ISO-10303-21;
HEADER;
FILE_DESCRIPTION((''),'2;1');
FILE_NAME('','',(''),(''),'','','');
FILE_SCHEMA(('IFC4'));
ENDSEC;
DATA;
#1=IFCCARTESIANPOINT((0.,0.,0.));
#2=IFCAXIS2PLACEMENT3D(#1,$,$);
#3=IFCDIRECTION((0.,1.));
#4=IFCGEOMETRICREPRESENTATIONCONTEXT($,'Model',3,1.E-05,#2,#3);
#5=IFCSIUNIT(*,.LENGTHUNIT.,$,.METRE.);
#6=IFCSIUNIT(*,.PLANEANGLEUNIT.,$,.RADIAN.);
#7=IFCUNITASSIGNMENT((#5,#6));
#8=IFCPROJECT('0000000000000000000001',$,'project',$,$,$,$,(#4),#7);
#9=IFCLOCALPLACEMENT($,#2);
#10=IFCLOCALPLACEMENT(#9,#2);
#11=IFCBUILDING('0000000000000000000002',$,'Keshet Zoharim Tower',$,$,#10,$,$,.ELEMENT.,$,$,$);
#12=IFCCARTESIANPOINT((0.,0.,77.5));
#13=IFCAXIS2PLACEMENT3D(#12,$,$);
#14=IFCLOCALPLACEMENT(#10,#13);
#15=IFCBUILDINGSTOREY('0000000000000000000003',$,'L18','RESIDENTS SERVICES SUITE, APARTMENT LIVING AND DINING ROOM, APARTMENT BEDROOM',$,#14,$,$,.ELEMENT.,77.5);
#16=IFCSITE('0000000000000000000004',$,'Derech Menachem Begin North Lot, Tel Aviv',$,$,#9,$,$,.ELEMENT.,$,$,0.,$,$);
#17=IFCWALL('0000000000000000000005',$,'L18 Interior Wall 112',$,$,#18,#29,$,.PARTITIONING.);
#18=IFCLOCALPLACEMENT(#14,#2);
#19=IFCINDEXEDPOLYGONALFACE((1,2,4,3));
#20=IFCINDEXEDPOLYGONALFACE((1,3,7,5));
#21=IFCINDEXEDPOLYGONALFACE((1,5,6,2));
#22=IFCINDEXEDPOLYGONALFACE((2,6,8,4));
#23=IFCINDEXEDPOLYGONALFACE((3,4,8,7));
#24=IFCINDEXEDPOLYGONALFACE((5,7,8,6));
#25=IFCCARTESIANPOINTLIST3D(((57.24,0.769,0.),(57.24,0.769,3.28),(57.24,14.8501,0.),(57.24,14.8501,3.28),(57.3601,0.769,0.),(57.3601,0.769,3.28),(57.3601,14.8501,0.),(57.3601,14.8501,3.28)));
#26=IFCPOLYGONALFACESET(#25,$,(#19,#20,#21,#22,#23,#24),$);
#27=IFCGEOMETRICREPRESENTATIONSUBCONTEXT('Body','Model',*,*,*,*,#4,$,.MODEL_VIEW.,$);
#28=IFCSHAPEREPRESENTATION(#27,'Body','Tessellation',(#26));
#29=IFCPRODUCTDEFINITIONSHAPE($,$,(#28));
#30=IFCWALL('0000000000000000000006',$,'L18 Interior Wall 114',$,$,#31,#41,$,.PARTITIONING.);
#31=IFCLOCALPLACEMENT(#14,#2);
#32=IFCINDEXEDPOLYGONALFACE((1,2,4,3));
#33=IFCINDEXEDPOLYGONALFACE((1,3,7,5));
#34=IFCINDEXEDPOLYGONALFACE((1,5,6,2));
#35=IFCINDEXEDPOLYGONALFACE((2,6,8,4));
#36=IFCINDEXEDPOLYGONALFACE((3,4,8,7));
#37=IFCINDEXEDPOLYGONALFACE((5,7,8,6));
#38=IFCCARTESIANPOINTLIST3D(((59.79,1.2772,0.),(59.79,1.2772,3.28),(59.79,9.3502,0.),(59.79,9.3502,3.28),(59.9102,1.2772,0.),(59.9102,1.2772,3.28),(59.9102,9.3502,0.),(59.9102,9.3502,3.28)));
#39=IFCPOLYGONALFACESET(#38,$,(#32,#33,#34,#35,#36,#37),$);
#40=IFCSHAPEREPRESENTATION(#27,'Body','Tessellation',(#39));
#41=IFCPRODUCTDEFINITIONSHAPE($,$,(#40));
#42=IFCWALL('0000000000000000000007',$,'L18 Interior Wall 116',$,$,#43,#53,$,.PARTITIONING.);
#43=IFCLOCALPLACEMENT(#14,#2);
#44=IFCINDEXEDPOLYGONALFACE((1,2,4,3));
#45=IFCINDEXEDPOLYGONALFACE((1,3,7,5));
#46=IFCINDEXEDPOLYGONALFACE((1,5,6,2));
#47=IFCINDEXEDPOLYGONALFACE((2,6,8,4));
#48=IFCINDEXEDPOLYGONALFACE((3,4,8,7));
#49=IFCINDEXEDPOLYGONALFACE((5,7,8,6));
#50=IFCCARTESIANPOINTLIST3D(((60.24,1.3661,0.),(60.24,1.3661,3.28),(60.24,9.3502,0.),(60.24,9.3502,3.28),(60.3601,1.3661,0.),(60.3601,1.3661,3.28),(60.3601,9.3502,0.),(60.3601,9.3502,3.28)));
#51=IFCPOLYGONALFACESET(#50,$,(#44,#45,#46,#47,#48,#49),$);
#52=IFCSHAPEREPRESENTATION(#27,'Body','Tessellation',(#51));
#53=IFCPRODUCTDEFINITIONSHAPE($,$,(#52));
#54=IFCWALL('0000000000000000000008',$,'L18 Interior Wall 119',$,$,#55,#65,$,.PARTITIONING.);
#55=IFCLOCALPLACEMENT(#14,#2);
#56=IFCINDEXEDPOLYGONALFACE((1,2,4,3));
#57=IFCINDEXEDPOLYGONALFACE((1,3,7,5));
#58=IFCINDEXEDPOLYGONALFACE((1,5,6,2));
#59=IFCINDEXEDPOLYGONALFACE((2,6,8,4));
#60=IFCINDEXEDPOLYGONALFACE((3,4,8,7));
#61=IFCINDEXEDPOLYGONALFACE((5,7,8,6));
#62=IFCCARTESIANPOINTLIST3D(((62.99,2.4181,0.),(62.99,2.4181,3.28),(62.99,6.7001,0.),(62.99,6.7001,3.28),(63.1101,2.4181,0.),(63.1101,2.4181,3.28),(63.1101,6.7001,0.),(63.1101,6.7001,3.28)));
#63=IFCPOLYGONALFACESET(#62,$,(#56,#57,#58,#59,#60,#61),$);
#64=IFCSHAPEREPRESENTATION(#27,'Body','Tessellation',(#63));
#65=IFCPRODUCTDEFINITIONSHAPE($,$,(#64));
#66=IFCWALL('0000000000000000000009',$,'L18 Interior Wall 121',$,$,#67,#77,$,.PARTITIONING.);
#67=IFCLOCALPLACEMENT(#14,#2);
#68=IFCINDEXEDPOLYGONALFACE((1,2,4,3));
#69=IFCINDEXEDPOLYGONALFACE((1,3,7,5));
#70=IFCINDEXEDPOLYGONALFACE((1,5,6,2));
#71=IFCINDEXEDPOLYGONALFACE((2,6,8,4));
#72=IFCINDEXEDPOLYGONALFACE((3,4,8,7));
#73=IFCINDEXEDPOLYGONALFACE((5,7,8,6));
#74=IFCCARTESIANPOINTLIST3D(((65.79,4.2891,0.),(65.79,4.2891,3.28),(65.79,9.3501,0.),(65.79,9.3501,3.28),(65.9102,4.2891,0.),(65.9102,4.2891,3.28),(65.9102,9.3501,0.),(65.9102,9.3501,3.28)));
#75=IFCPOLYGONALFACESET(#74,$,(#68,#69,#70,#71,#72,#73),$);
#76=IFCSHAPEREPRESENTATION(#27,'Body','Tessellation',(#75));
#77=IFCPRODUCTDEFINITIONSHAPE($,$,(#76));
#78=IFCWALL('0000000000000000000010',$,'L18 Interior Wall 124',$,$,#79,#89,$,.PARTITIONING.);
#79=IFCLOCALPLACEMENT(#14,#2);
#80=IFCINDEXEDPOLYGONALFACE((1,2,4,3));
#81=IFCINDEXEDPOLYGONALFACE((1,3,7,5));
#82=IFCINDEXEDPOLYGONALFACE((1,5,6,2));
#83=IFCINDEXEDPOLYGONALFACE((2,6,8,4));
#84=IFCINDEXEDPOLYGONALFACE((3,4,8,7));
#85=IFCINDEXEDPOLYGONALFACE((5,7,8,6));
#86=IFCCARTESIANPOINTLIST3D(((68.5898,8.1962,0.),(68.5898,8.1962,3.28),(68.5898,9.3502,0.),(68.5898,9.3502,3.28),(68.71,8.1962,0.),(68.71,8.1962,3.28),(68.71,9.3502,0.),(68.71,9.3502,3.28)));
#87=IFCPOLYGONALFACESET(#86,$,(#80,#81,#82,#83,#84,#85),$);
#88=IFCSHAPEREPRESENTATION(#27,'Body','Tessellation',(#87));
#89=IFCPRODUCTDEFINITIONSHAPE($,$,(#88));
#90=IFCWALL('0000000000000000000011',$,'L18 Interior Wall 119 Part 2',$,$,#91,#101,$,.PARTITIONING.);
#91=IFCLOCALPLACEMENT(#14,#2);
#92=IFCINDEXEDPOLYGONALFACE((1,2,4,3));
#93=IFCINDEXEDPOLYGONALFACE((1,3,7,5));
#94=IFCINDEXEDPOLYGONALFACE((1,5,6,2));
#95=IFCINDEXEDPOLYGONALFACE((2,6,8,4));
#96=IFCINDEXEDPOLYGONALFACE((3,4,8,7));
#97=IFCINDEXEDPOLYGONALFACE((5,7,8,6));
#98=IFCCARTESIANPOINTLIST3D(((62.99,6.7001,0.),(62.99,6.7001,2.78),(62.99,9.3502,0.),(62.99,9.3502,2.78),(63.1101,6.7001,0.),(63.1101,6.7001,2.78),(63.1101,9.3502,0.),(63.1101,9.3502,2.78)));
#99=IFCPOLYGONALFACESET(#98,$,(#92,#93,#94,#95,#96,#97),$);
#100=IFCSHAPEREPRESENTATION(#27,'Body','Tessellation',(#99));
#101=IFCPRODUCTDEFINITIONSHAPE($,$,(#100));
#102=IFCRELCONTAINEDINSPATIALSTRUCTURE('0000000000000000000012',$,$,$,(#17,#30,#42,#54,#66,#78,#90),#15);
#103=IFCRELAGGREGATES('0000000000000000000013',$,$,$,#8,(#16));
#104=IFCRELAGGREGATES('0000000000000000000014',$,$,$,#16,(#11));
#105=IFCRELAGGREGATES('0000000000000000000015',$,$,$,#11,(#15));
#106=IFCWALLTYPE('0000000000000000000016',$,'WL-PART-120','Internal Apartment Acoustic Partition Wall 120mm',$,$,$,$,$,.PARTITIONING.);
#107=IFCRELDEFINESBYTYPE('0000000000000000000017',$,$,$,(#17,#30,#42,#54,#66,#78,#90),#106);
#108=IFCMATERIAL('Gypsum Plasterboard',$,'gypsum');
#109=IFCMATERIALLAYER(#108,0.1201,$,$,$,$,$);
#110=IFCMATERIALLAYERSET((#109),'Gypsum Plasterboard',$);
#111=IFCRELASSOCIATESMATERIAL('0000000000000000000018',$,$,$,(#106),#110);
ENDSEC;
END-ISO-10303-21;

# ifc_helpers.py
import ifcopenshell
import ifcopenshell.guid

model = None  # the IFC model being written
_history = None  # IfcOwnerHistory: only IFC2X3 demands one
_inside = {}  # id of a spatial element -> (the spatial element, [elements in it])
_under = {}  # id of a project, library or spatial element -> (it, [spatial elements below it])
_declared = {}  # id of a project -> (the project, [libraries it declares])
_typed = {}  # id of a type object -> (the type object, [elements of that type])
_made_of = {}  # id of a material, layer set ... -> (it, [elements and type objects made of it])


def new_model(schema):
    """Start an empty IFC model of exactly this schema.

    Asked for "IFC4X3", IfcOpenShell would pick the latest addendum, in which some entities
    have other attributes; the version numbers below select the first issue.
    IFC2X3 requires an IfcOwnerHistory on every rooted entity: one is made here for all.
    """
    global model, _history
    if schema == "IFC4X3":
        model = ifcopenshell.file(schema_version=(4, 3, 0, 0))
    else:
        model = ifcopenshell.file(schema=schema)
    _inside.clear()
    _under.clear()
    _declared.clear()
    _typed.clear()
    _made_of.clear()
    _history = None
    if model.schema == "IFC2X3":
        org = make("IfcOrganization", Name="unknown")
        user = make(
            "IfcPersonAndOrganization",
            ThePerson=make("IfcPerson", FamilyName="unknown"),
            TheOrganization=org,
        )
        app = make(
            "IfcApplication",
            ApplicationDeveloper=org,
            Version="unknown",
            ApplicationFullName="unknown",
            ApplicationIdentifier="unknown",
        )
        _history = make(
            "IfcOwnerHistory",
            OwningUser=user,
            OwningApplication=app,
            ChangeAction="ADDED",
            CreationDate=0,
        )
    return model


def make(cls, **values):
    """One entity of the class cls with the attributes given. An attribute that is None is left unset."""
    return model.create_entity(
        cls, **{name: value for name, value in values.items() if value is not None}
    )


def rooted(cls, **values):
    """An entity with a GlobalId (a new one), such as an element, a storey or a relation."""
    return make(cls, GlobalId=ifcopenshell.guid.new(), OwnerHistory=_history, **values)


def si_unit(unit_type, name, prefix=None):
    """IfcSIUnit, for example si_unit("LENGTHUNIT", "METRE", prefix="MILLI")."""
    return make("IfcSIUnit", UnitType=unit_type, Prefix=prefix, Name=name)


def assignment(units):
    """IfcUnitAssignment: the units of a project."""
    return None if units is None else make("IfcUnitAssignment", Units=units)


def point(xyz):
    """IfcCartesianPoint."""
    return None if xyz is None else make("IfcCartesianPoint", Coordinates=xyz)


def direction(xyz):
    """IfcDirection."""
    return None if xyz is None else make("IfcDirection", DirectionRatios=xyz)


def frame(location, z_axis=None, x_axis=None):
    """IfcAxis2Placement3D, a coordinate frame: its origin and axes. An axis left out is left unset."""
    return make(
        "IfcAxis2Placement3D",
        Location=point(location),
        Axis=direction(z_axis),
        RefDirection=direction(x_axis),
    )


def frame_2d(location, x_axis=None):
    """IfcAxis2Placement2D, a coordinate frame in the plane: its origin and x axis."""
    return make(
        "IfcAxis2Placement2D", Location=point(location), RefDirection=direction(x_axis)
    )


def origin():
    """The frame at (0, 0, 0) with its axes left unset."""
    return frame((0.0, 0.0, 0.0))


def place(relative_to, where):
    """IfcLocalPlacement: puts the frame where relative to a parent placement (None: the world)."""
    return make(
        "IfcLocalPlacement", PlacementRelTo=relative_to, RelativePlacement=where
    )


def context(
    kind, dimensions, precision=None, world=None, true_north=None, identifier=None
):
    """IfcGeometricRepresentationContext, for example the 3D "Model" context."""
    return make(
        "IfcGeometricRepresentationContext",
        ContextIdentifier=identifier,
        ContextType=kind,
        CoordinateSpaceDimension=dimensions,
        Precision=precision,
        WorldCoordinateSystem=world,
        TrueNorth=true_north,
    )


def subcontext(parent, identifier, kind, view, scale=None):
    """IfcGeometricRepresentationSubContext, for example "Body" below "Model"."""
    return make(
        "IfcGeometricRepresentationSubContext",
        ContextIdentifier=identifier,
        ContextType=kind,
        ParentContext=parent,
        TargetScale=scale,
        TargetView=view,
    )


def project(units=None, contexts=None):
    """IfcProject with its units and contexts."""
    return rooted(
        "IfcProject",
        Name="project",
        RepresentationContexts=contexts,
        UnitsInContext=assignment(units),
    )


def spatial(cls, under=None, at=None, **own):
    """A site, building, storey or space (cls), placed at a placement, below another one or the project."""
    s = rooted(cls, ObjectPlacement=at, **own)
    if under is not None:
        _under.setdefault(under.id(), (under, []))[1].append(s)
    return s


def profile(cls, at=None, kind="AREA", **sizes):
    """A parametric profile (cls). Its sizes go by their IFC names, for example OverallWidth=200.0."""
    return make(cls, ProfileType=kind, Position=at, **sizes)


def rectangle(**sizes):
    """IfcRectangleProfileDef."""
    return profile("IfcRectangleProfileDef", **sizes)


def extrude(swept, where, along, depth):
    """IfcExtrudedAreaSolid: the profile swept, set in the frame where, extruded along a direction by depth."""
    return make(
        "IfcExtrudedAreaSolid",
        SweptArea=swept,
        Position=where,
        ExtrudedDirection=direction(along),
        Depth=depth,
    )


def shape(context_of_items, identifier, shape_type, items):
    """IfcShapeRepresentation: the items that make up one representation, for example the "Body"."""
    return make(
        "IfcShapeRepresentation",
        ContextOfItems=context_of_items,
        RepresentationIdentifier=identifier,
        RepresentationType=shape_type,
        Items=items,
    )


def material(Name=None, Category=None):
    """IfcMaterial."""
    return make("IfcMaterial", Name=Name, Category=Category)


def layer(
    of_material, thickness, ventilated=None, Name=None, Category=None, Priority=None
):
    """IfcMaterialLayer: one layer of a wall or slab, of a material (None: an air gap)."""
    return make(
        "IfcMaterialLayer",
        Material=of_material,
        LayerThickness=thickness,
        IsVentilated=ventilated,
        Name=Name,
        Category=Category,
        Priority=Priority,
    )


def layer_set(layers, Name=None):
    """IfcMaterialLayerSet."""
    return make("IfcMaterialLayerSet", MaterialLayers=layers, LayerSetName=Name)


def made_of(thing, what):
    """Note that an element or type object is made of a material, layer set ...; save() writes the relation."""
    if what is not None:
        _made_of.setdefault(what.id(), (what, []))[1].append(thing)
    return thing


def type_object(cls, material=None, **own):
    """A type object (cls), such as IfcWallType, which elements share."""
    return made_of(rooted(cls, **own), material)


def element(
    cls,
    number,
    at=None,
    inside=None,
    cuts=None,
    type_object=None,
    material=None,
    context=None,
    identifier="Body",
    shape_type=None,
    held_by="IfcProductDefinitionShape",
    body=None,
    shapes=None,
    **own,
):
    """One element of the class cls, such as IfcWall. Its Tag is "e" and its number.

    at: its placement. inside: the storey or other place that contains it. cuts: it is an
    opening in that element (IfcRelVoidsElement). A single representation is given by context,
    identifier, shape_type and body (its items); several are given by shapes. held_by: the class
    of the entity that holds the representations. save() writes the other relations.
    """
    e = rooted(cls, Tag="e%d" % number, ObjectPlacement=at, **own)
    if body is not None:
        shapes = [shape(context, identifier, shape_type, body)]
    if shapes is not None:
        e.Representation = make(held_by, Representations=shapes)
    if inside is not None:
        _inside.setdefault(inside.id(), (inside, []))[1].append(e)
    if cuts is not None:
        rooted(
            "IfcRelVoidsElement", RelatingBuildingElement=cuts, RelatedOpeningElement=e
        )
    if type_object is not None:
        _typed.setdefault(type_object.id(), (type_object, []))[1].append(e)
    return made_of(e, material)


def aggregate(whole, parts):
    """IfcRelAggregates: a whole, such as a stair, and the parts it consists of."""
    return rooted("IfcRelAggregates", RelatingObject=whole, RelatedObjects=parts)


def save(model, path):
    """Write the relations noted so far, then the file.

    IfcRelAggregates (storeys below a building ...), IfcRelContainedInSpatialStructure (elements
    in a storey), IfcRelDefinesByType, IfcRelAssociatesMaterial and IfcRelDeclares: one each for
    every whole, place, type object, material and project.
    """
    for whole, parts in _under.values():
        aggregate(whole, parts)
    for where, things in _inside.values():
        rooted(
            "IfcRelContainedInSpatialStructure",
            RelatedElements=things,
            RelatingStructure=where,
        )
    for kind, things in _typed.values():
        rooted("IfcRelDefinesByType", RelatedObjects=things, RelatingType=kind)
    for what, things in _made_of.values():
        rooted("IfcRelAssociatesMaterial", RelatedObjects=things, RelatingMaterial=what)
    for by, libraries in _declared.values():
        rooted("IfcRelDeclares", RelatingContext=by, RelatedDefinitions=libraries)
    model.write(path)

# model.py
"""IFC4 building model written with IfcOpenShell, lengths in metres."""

from ifc_helpers import new_model, si_unit, direction, frame, frame_2d, origin, place, context, subcontext, project, spatial, rectangle, extrude, material, layer, layer_set, type_object, element, save


model = new_model("IFC4")

# Units and contexts
model_context = context("Model", 3, precision=1e-05, world=origin(), true_north=direction((0.0, 1.0)))
body_context = subcontext(model_context, "Body", "Model", "MODEL_VIEW")
ifc_project = project(units=[si_unit("LENGTHUNIT", "METRE"), si_unit("PLANEANGLEUNIT", "RADIAN")], contexts=[model_context])

# Site, building, storey
site_placement = place(None, origin())
site = spatial("IfcSite", under=ifc_project, at=site_placement, Name="Derech Menachem Begin North Lot, Tel Aviv", CompositionType="ELEMENT", RefElevation=0.0)
building_placement = place(site_placement, origin())
building = spatial("IfcBuilding", under=site, at=building_placement, Name="Keshet Zoharim Tower", CompositionType="ELEMENT")
storey_placement = place(building_placement, frame((0.0, 0.0, 77.5)))
storey = spatial("IfcBuildingStorey", under=building, at=storey_placement, Name="L18", Description="RESIDENTS SERVICES SUITE, APARTMENT LIVING AND DINING ROOM, APARTMENT BEDROOM", CompositionType="ELEMENT", Elevation=77.5)

# Walls
ifc_material_1 = material(Name="Gypsum Plasterboard", Category="gypsum")
ifc_layer_1 = layer(ifc_material_1, 0.1201)
ifc_layer_set_1 = layer_set([ifc_layer_1], Name="Gypsum Plasterboard")
wall_type = type_object("IfcWallType", Name="WL-PART-120", Description="Internal Apartment Acoustic Partition Wall 120mm", PredefinedType="PARTITIONING", material=ifc_layer_set_1)
wall_1_placement = place(storey_placement, frame((57.3, 0.769, 0.0), z_axis=(0.0, 0.0, 1.0), x_axis=(0.0, 1.0, 0.0)))
element("IfcWall", 1, at=wall_1_placement, inside=storey, type_object=wall_type, Name="L18 Interior Wall 112", PredefinedType="PARTITIONING", context=body_context, shape_type="SweptSolid", body=[
    extrude(rectangle(XDim=14.0811, YDim=0.1201, at=frame_2d((7.0405, 0.0))), origin(), (0.0, 0.0, 1.0), 3.28),
])
wall_2_placement = place(storey_placement, frame((59.8501, 1.2771, 0.0), z_axis=(0.0, 0.0, 1.0), x_axis=(0.0, 1.0, 0.0)))
element("IfcWall", 2, at=wall_2_placement, inside=storey, type_object=wall_type, Name="L18 Interior Wall 114", PredefinedType="PARTITIONING", context=body_context, shape_type="SweptSolid", body=[
    extrude(rectangle(XDim=8.073, YDim=0.1201, at=frame_2d((4.0366, 0.0))), origin(), (0.0, 0.0, 1.0), 3.28),
])
wall_3_placement = place(storey_placement, frame((60.3, 1.366, 0.0), z_axis=(0.0, 0.0, 1.0), x_axis=(0.0, 1.0, 0.0)))
element("IfcWall", 3, at=wall_3_placement, inside=storey, type_object=wall_type, Name="L18 Interior Wall 116", PredefinedType="PARTITIONING", context=body_context, shape_type="SweptSolid", body=[
    extrude(rectangle(XDim=7.9841, YDim=0.1201, at=frame_2d((3.9922, 0.0))), origin(), (0.0, 0.0, 1.0), 3.28),
])
wall_4_placement = place(storey_placement, frame((63.05, 2.418, 0.0), z_axis=(0.0, 0.0, 1.0), x_axis=(0.0, 1.0, 0.0)))
element("IfcWall", 4, at=wall_4_placement, inside=storey, type_object=wall_type, Name="L18 Interior Wall 119", PredefinedType="PARTITIONING", context=body_context, shape_type="SweptSolid", body=[
    extrude(rectangle(XDim=4.282, YDim=0.1201, at=frame_2d((2.1411, 0.0))), origin(), (0.0, 0.0, 1.0), 3.28),
])
wall_5_placement = place(storey_placement, frame((65.8501, 4.2891, 0.0), z_axis=(0.0, 0.0, 1.0), x_axis=(0.0, 1.0, 0.0)))
element("IfcWall", 5, at=wall_5_placement, inside=storey, type_object=wall_type, Name="L18 Interior Wall 121", PredefinedType="PARTITIONING", context=body_context, shape_type="SweptSolid", body=[
    extrude(rectangle(XDim=5.061, YDim=0.1201, at=frame_2d((2.5305, 0.0))), origin(), (0.0, 0.0, 1.0), 3.28),
])
wall_6_placement = place(storey_placement, frame((68.6499, 8.196, 0.0), z_axis=(0.0, 0.0, 1.0), x_axis=(0.0, 1.0, 0.0)))
element("IfcWall", 6, at=wall_6_placement, inside=storey, type_object=wall_type, Name="L18 Interior Wall 124", PredefinedType="PARTITIONING", context=body_context, shape_type="SweptSolid", body=[
    extrude(rectangle(XDim=1.1541, YDim=0.1201, at=frame_2d((0.5771, 0.0))), origin(), (0.0, 0.0, 1.0), 3.28),
])
wall_7_placement = place(storey_placement, frame((63.05, 6.7, 0.0), z_axis=(0.0, 0.0, 1.0), x_axis=(0.0, 1.0, 0.0)))
element("IfcWall", 7, at=wall_7_placement, inside=storey, type_object=wall_type, Name="L18 Interior Wall 119 Part 2", PredefinedType="PARTITIONING", context=body_context, shape_type="SweptSolid", body=[
    extrude(rectangle(XDim=2.6501, YDim=0.1201, at=frame_2d((1.3252, 0.0))), origin(), (0.0, 0.0, 1.0), 2.78),
])

save(model, "model.ifc")
